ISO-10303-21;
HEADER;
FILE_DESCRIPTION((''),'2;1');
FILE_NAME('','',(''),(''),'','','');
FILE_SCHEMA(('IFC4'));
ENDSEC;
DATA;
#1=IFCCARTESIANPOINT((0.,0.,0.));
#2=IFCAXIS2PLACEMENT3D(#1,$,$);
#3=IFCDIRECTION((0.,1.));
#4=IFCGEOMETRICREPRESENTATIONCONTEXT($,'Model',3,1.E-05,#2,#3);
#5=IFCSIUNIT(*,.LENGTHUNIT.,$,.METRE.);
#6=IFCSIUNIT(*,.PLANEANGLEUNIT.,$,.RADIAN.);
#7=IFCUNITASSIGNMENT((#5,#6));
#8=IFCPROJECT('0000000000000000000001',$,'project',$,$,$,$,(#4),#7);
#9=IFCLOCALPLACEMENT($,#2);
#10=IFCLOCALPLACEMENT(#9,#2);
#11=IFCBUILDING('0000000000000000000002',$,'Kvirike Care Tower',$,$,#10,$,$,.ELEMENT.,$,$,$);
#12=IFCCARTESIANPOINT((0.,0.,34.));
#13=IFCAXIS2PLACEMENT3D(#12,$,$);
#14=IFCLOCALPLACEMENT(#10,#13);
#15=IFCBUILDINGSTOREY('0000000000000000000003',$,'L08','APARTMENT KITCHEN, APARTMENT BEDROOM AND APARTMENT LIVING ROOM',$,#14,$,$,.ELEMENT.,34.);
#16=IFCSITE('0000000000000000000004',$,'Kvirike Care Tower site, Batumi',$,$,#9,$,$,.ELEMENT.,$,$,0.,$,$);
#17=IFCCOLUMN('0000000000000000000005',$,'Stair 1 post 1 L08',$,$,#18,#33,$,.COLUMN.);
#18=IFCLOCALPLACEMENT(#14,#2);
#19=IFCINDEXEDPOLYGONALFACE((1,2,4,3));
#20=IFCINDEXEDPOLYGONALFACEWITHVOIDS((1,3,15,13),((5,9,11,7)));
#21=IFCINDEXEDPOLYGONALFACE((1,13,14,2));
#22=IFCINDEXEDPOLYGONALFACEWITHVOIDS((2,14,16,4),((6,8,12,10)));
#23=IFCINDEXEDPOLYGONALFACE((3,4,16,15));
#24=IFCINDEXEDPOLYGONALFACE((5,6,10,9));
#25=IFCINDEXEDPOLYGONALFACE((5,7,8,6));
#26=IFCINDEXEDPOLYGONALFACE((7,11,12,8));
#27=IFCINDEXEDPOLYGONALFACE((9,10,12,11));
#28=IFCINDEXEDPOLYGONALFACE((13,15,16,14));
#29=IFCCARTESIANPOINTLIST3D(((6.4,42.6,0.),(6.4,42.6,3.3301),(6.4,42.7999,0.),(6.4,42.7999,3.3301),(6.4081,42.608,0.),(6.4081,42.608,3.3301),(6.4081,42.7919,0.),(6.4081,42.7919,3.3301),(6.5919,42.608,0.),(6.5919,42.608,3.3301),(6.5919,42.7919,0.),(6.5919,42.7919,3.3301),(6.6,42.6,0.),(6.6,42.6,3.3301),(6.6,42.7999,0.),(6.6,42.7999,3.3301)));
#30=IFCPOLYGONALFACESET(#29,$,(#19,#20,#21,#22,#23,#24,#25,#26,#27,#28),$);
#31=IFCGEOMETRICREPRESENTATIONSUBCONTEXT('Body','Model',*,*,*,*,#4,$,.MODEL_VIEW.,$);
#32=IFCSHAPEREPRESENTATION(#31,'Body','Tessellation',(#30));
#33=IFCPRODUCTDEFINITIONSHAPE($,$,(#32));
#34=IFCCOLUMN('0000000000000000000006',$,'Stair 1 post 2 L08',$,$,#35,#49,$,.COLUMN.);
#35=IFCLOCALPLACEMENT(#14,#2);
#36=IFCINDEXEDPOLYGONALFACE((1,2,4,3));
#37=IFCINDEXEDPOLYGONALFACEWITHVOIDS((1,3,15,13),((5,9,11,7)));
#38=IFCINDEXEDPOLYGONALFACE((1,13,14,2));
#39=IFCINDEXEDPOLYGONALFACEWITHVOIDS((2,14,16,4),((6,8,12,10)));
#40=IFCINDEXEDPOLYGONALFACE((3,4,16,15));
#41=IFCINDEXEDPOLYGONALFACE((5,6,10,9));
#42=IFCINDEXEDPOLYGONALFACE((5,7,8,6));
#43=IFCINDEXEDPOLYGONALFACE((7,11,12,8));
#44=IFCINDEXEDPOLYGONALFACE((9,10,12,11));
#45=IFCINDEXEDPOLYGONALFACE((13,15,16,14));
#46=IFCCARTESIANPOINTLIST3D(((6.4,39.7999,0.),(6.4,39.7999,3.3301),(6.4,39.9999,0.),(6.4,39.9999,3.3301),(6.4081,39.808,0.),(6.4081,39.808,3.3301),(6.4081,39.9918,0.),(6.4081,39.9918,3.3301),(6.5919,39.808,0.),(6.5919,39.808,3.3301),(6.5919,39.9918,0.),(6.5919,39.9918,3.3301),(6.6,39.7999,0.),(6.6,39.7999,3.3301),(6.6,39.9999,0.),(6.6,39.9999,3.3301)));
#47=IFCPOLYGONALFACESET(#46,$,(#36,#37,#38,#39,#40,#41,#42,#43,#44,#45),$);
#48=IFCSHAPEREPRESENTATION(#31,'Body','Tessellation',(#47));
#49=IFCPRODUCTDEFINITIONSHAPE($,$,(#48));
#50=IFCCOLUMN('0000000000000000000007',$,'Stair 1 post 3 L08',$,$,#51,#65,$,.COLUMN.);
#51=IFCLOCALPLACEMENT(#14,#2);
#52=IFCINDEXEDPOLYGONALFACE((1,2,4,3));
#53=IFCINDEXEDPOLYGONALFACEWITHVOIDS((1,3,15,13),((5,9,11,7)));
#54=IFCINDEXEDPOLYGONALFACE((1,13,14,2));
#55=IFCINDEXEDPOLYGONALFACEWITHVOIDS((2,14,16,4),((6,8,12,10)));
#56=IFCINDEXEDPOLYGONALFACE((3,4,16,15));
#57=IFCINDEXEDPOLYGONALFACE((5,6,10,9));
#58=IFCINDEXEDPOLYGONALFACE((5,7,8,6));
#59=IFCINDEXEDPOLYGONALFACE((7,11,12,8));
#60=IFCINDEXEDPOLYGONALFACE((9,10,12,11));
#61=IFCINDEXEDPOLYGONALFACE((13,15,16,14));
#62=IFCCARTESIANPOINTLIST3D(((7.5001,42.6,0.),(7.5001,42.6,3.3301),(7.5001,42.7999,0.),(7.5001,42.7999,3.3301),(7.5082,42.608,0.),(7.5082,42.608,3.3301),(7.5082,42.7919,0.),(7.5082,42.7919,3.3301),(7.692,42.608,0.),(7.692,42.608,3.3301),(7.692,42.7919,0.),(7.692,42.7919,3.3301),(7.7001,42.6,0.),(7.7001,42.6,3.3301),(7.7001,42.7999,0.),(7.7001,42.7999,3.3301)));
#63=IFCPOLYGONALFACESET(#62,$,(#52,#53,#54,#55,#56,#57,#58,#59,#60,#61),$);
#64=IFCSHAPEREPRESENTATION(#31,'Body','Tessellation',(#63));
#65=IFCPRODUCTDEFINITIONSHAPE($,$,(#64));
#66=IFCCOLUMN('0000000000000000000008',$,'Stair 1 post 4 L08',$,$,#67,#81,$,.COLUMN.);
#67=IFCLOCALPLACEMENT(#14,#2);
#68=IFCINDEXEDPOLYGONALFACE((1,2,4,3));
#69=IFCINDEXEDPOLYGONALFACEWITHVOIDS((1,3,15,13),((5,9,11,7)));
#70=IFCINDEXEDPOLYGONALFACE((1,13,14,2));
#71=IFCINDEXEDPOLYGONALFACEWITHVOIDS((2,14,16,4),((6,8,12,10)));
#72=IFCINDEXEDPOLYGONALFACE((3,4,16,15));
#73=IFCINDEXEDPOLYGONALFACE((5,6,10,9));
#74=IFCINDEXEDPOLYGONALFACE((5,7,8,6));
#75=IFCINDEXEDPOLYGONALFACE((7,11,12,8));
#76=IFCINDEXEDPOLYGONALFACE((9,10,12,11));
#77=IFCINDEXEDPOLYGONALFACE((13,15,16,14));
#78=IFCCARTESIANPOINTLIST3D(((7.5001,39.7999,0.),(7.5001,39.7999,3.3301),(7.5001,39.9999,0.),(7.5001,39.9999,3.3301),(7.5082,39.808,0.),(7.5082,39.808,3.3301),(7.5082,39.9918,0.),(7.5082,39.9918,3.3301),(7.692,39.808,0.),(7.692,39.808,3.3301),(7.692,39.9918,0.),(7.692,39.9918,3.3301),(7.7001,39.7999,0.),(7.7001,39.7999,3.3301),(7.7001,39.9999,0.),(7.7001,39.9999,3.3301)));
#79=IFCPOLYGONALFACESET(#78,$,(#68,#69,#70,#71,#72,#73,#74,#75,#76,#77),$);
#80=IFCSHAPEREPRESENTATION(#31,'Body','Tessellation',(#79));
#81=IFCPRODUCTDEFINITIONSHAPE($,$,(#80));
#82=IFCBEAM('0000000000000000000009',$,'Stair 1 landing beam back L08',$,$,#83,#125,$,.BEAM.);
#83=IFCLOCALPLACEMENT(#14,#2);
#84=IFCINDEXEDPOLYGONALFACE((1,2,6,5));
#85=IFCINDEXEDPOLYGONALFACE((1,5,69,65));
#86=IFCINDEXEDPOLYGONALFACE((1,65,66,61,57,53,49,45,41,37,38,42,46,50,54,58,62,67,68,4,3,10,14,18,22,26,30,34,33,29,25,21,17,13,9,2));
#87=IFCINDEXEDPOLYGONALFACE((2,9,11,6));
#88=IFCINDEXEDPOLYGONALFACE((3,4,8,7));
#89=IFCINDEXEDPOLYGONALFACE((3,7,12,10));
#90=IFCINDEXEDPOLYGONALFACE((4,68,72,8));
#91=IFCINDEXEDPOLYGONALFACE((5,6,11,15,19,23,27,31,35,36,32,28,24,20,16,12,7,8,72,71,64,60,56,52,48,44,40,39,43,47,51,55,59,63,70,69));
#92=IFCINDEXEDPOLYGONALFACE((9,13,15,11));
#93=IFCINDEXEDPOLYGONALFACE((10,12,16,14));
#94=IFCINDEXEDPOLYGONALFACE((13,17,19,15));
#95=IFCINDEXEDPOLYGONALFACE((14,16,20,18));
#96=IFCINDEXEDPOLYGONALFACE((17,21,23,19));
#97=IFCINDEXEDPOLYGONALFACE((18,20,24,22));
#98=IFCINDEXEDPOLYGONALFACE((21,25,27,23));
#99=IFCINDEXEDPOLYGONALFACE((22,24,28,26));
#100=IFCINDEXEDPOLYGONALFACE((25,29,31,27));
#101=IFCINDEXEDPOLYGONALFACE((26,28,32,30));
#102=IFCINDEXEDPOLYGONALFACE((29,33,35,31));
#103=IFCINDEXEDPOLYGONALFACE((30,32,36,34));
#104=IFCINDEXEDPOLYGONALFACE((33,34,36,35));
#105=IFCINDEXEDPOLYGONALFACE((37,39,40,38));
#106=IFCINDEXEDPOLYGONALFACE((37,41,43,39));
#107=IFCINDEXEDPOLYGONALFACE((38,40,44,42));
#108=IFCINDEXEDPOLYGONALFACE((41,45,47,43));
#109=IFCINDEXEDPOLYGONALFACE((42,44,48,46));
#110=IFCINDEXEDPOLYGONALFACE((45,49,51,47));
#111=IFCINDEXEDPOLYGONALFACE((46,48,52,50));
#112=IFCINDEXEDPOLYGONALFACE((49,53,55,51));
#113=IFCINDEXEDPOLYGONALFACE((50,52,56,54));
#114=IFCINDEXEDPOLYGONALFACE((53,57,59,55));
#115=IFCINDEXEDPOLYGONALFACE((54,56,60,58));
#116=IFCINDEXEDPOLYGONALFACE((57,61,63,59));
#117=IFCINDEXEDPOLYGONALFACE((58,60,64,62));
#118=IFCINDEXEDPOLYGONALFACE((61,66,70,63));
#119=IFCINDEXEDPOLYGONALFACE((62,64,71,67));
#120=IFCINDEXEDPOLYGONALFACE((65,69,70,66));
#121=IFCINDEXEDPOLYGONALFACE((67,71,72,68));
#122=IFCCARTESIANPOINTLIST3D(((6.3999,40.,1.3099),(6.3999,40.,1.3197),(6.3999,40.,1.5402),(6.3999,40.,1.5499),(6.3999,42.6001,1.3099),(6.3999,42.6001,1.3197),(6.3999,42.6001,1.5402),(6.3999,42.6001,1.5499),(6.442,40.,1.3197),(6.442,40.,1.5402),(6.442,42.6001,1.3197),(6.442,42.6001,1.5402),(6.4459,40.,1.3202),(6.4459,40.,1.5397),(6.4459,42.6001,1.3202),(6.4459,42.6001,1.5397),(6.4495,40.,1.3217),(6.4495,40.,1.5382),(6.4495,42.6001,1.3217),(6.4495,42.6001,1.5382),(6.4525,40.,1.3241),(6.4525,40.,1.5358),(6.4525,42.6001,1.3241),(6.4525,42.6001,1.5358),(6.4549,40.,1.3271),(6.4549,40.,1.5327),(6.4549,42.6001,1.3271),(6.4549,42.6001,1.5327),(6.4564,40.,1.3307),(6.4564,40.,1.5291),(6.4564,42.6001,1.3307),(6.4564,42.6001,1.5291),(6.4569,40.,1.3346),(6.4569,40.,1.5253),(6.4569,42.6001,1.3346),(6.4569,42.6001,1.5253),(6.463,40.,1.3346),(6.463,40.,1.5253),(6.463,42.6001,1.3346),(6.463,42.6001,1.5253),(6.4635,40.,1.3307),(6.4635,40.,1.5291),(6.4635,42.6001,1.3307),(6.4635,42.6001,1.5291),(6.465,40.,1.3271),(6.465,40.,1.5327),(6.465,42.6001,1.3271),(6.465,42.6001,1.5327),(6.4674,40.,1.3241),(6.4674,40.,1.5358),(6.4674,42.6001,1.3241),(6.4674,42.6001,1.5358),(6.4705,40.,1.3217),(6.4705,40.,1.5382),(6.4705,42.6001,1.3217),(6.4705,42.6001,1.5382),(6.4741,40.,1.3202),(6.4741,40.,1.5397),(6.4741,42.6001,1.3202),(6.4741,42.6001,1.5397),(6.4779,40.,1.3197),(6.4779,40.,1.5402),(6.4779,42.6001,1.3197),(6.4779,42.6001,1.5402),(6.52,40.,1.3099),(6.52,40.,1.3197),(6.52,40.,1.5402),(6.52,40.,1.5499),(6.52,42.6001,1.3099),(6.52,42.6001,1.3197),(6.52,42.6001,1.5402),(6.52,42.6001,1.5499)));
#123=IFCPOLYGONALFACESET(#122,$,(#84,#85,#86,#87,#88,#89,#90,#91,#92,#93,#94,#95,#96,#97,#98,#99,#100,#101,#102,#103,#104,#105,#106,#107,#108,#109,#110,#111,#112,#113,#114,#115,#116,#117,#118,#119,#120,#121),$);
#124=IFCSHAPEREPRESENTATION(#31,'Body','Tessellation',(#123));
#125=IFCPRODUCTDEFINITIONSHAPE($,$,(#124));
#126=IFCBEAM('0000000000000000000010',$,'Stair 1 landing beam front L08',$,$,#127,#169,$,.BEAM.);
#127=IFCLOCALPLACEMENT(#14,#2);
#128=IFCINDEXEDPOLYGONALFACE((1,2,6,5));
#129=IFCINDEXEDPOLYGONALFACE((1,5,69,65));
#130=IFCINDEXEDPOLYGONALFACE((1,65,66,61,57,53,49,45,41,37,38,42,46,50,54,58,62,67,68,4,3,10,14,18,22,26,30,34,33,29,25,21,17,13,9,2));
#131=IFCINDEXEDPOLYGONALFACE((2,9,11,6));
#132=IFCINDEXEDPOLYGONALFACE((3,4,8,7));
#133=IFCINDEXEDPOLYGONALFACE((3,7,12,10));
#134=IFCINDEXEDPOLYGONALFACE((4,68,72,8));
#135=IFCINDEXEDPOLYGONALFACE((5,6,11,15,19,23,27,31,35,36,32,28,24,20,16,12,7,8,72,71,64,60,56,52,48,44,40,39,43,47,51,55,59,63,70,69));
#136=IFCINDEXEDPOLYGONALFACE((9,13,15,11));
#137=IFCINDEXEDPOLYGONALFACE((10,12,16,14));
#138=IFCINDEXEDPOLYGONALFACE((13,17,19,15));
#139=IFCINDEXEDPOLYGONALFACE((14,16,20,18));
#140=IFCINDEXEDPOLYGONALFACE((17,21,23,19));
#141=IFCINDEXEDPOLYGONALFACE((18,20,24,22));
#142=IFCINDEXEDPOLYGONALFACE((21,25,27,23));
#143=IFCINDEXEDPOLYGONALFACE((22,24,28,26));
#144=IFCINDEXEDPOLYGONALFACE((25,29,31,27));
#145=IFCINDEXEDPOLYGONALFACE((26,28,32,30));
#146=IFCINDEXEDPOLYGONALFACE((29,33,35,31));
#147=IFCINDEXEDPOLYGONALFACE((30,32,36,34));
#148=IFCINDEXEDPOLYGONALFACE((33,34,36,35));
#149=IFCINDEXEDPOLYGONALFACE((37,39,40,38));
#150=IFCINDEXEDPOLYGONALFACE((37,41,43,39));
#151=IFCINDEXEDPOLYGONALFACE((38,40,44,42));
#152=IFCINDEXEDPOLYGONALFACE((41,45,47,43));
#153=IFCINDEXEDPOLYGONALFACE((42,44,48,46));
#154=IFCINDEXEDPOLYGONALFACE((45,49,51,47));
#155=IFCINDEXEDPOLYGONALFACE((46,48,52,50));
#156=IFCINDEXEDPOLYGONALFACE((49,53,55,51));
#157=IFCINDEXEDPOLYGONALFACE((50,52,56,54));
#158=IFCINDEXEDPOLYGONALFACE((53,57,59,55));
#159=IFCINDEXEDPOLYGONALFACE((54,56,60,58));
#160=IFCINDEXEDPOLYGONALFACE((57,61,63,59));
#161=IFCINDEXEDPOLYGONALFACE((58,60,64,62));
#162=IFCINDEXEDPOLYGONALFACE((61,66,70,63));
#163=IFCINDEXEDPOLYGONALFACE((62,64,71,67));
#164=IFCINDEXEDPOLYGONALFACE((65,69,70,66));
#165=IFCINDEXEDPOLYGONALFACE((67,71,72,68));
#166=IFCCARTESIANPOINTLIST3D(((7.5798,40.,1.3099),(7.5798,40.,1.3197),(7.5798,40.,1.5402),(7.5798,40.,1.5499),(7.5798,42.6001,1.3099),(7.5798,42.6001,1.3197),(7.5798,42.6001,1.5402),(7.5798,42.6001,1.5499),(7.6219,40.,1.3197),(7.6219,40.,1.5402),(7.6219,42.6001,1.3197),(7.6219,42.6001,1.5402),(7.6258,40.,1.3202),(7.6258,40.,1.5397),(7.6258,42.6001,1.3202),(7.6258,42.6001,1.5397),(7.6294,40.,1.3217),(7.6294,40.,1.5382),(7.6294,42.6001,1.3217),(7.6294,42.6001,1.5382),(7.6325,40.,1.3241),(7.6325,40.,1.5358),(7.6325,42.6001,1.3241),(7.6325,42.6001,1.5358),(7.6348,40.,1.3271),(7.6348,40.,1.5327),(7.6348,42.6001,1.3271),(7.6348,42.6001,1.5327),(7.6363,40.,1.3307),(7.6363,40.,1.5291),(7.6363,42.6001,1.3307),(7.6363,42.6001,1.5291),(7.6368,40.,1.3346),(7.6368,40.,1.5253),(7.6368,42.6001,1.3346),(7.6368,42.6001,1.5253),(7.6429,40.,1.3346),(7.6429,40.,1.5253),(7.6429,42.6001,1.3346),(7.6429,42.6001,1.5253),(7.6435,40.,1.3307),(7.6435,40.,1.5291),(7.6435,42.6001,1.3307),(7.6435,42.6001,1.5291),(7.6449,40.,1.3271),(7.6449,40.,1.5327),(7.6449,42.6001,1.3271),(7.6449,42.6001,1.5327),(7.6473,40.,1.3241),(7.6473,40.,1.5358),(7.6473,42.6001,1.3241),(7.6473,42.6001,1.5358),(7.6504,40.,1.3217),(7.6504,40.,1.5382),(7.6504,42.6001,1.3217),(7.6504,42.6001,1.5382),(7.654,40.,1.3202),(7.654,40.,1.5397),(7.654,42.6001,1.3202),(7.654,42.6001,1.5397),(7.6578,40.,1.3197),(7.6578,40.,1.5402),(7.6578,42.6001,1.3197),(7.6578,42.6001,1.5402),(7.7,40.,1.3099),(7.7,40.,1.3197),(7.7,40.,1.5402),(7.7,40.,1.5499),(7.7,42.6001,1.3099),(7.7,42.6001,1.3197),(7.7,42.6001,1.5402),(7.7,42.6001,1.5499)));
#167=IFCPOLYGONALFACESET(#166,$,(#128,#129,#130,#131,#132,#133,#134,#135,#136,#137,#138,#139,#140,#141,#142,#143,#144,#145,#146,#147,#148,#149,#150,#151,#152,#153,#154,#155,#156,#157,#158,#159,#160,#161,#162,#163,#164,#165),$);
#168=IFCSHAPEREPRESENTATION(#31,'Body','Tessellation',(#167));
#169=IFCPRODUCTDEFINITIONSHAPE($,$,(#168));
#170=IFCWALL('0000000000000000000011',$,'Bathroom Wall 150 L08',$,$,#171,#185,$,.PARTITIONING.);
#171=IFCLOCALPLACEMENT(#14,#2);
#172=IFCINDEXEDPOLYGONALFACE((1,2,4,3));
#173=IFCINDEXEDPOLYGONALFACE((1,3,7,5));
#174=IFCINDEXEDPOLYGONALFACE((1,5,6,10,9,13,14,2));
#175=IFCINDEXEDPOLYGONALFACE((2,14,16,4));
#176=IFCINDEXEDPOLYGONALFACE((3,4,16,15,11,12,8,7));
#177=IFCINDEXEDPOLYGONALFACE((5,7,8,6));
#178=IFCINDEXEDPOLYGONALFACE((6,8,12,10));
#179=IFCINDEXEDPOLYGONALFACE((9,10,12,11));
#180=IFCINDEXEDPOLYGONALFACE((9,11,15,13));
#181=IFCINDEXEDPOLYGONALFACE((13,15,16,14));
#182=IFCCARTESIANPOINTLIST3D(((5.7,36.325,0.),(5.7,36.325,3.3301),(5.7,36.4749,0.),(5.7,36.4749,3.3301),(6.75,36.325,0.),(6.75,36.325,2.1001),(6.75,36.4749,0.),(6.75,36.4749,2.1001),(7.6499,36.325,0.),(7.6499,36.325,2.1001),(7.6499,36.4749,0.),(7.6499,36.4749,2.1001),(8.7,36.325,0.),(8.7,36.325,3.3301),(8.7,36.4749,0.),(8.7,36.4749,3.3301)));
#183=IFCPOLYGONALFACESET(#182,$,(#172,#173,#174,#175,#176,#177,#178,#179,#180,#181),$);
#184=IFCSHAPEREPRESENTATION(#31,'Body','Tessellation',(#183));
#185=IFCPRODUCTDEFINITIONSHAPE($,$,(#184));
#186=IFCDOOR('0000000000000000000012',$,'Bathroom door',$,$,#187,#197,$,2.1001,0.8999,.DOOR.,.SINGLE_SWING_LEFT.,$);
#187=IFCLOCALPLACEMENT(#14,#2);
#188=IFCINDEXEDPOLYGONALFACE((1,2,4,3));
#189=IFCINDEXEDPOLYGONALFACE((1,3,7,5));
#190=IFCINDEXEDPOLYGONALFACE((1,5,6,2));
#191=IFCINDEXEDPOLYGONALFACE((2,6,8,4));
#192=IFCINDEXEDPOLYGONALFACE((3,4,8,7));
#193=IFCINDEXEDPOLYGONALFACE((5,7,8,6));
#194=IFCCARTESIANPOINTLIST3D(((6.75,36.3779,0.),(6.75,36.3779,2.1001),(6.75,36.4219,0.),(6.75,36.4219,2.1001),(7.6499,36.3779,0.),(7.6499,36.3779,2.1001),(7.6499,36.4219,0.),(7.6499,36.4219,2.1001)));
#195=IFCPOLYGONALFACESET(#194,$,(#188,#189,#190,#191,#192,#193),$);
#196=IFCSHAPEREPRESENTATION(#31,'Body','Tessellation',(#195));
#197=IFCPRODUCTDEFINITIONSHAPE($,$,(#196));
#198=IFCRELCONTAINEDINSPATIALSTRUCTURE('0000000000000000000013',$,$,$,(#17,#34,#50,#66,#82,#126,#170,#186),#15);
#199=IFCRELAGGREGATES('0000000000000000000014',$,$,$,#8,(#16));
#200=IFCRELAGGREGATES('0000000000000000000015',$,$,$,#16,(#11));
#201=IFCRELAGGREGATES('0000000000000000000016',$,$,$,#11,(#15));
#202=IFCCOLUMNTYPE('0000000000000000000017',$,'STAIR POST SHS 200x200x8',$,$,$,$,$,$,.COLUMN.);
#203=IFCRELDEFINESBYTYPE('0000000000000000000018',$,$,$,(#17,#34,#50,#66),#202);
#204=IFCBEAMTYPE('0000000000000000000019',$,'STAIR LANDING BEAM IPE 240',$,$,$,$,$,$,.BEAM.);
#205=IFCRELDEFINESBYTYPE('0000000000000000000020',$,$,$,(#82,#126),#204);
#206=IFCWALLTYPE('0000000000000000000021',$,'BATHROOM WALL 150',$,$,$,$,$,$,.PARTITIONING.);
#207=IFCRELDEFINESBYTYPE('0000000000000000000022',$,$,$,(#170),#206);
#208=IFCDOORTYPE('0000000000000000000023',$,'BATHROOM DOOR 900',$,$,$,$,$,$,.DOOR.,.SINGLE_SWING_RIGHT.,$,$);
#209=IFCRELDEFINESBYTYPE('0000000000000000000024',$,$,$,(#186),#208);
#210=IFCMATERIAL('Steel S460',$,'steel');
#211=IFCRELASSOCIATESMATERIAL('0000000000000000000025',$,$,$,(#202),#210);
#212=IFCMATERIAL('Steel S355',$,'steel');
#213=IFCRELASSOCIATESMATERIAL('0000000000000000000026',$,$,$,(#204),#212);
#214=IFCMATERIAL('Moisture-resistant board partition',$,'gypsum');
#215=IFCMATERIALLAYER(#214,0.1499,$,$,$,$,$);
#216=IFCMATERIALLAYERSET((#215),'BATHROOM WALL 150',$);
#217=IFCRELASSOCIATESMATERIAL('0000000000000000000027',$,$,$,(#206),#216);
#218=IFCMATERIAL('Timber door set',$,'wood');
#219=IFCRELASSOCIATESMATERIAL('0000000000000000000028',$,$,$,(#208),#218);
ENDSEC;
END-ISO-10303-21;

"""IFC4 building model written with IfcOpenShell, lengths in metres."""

from ifc_helpers import new_model, si_unit, direction, frame, frame_2d, origin, origin_2d, place, context, subcontext, project, spatial, rectangle, hollow_rectangle, i_section, extrude, material, layer, layer_set, material_profile, profile_set, type_object, element, fill, save


model = new_model("IFC4")

# Units and contexts
model_context = context("Model", 3, precision=1e-05, world=origin(), true_north=direction((0.0, 1.0)))
body_context = subcontext(model_context, "Body", "Model", "MODEL_VIEW")
ifc_project = project(units=[si_unit("LENGTHUNIT", "METRE"), si_unit("PLANEANGLEUNIT", "RADIAN")], contexts=[model_context])

# Site, building, storey
site_placement = place(None, origin())
site = spatial("IfcSite", under=ifc_project, at=site_placement, Name="Kvirike Care Tower site, Batumi", CompositionType="ELEMENT", RefElevation=0.0)
building_placement = place(site_placement, origin())
building = spatial("IfcBuilding", under=site, at=building_placement, Name="Kvirike Care Tower", CompositionType="ELEMENT")
storey_placement = place(building_placement, frame((0.0, 0.0, 34.0)))
storey = spatial("IfcBuildingStorey", under=building, at=storey_placement, Name="L08", Description="APARTMENT KITCHEN, APARTMENT BEDROOM AND APARTMENT LIVING ROOM", CompositionType="ELEMENT", Elevation=34.0)

# Columns
ifc_material_1 = material(Name="Steel S460", Category="steel")
ifc_material_profile_1 = material_profile(ifc_material_1, hollow_rectangle(XDim=0.2, YDim=0.2, WallThickness=0.0081, at=origin_2d()), Name="SHS 200x200x8")
ifc_profile_set_1 = profile_set([ifc_material_profile_1], Name="Steel S460")
column_type = type_object("IfcColumnType", Name="STAIR POST SHS 200x200x8", PredefinedType="COLUMN", material=ifc_profile_set_1)
for number, where, z_axis, x_axis, name in (
    (1, (6.5, 42.7, 0.0), (0.0, 0.0, 1.0), (1.0, 0.0, 0.0), "Stair 1 post 1 L08"),
    (2, (6.5, 39.8999, 0.0), (0.0, 0.0, 1.0), (1.0, 0.0, 0.0), "Stair 1 post 2 L08"),
    (3, (7.6001, 42.7, 0.0), (0.0, 0.0, 1.0), (1.0, 0.0, 0.0), "Stair 1 post 3 L08"),
    (4, (7.6001, 39.8999, 0.0), (0.0, 0.0, 1.0), (1.0, 0.0, 0.0), "Stair 1 post 4 L08"),
):
    element("IfcColumn", number, at=place(storey_placement, frame(where, z_axis=z_axis, x_axis=x_axis)), inside=storey, type_object=column_type, Name=name, PredefinedType="COLUMN", context=body_context, shape_type="SweptSolid", body=[
        extrude(hollow_rectangle(XDim=0.2, YDim=0.2, WallThickness=0.0081, at=origin_2d()), origin(), (0.0, 0.0, 1.0), 3.3301),
    ])

# Beams
ifc_material_2 = material(Name="Steel S355", Category="steel")
ifc_material_profile_2 = material_profile(ifc_material_2, i_section(OverallWidth=0.1201, OverallDepth=0.24, WebThickness=0.0061, FlangeThickness=0.0098, FilletRadius=0.0149, at=origin_2d()), Name="IPE 240")
ifc_profile_set_2 = profile_set([ifc_material_profile_2], Name="Steel S355")
beam_type = type_object("IfcBeamType", Name="STAIR LANDING BEAM IPE 240", PredefinedType="BEAM", material=ifc_profile_set_2)
for number, where, z_axis, x_axis, name in (
    (5, (6.46, 42.6001, 1.4299), (0.0, -1.0, 0.0), (1.0, 0.0, 0.0), "Stair 1 landing beam back L08"),
    (6, (7.6399, 42.6001, 1.4299), (0.0, -1.0, 0.0), (1.0, 0.0, 0.0), "Stair 1 landing beam front L08"),
):
    element("IfcBeam", number, at=place(storey_placement, frame(where, z_axis=z_axis, x_axis=x_axis)), inside=storey, type_object=beam_type, Name=name, PredefinedType="BEAM", context=body_context, shape_type="SweptSolid", body=[
        extrude(i_section(OverallWidth=0.1201, OverallDepth=0.24, WebThickness=0.0061, FlangeThickness=0.0098, FilletRadius=0.0149, at=origin_2d()), origin(), (0.0, 0.0, 1.0), 2.6001),
    ])

# Wall, opening, door
ifc_material_3 = material(Name="Moisture-resistant board partition", Category="gypsum")
ifc_layer_1 = layer(ifc_material_3, 0.1499)
ifc_layer_set_1 = layer_set([ifc_layer_1], Name="BATHROOM WALL 150")
wall_type_1 = type_object("IfcWallType", Name="BATHROOM WALL 150", PredefinedType="PARTITIONING", material=ifc_layer_set_1)
wall_1_placement = place(storey_placement, frame((5.7, 36.3999, 0.0), z_axis=(0.0, 0.0, 1.0), x_axis=(1.0, 0.0, 0.0)))
wall_1 = element("IfcWall", 7, at=wall_1_placement, inside=storey, type_object=wall_type_1, Name="Bathroom Wall 150 L08", PredefinedType="PARTITIONING", context=body_context, shape_type="SweptSolid", body=[
    extrude(rectangle(XDim=3.0, YDim=0.1499, at=frame_2d((1.5, 0.0))), origin(), (0.0, 0.0, 1.0), 3.3301),
])
opening_1_placement = place(wall_1_placement, frame((1.05, 0.0, 0.0)))
opening_1 = element("IfcOpeningElement", 8, at=opening_1_placement, cuts=wall_1, PredefinedType="OPENING", context=body_context, shape_type="SweptSolid", body=[
    extrude(rectangle(XDim=0.8999, YDim=2.1001, at=frame_2d((0.45, 1.05))), frame((0.0, 0.0854, 0.0), z_axis=(0.0, -1.0, 0.0), x_axis=(1.0, 0.0, 0.0)), (0.0, 0.0, 1.0), 0.1709),
])
ifc_material_4 = material(Name="Timber door set", Category="wood")
door_type_1 = type_object("IfcDoorType", Name="BATHROOM DOOR 900", OperationType="SINGLE_SWING_RIGHT", PredefinedType="DOOR", material=ifc_material_4)
door_1_placement = place(opening_1_placement, frame((0.8999, 0.0, 0.0), z_axis=(0.0, 0.0, 1.0), x_axis=(-1.0, 0.0, 0.0)))
door_1 = element("IfcDoor", 9, at=door_1_placement, inside=storey, type_object=door_type_1, Name="Bathroom door", OperationType="SINGLE_SWING_LEFT", OverallHeight=2.1001, OverallWidth=0.8999, PredefinedType="DOOR", context=body_context, shape_type="SweptSolid", body=[
    extrude(rectangle(XDim=0.8999, YDim=2.1001, at=frame_2d((0.45, 1.05))), frame((0.0, 0.022, 0.0), z_axis=(0.0, -1.0, 0.0), x_axis=(1.0, 0.0, 0.0)), (0.0, 0.0, 1.0), 0.0439),
])
fill(opening_1, door_1)

save(model, "model.ifc")
